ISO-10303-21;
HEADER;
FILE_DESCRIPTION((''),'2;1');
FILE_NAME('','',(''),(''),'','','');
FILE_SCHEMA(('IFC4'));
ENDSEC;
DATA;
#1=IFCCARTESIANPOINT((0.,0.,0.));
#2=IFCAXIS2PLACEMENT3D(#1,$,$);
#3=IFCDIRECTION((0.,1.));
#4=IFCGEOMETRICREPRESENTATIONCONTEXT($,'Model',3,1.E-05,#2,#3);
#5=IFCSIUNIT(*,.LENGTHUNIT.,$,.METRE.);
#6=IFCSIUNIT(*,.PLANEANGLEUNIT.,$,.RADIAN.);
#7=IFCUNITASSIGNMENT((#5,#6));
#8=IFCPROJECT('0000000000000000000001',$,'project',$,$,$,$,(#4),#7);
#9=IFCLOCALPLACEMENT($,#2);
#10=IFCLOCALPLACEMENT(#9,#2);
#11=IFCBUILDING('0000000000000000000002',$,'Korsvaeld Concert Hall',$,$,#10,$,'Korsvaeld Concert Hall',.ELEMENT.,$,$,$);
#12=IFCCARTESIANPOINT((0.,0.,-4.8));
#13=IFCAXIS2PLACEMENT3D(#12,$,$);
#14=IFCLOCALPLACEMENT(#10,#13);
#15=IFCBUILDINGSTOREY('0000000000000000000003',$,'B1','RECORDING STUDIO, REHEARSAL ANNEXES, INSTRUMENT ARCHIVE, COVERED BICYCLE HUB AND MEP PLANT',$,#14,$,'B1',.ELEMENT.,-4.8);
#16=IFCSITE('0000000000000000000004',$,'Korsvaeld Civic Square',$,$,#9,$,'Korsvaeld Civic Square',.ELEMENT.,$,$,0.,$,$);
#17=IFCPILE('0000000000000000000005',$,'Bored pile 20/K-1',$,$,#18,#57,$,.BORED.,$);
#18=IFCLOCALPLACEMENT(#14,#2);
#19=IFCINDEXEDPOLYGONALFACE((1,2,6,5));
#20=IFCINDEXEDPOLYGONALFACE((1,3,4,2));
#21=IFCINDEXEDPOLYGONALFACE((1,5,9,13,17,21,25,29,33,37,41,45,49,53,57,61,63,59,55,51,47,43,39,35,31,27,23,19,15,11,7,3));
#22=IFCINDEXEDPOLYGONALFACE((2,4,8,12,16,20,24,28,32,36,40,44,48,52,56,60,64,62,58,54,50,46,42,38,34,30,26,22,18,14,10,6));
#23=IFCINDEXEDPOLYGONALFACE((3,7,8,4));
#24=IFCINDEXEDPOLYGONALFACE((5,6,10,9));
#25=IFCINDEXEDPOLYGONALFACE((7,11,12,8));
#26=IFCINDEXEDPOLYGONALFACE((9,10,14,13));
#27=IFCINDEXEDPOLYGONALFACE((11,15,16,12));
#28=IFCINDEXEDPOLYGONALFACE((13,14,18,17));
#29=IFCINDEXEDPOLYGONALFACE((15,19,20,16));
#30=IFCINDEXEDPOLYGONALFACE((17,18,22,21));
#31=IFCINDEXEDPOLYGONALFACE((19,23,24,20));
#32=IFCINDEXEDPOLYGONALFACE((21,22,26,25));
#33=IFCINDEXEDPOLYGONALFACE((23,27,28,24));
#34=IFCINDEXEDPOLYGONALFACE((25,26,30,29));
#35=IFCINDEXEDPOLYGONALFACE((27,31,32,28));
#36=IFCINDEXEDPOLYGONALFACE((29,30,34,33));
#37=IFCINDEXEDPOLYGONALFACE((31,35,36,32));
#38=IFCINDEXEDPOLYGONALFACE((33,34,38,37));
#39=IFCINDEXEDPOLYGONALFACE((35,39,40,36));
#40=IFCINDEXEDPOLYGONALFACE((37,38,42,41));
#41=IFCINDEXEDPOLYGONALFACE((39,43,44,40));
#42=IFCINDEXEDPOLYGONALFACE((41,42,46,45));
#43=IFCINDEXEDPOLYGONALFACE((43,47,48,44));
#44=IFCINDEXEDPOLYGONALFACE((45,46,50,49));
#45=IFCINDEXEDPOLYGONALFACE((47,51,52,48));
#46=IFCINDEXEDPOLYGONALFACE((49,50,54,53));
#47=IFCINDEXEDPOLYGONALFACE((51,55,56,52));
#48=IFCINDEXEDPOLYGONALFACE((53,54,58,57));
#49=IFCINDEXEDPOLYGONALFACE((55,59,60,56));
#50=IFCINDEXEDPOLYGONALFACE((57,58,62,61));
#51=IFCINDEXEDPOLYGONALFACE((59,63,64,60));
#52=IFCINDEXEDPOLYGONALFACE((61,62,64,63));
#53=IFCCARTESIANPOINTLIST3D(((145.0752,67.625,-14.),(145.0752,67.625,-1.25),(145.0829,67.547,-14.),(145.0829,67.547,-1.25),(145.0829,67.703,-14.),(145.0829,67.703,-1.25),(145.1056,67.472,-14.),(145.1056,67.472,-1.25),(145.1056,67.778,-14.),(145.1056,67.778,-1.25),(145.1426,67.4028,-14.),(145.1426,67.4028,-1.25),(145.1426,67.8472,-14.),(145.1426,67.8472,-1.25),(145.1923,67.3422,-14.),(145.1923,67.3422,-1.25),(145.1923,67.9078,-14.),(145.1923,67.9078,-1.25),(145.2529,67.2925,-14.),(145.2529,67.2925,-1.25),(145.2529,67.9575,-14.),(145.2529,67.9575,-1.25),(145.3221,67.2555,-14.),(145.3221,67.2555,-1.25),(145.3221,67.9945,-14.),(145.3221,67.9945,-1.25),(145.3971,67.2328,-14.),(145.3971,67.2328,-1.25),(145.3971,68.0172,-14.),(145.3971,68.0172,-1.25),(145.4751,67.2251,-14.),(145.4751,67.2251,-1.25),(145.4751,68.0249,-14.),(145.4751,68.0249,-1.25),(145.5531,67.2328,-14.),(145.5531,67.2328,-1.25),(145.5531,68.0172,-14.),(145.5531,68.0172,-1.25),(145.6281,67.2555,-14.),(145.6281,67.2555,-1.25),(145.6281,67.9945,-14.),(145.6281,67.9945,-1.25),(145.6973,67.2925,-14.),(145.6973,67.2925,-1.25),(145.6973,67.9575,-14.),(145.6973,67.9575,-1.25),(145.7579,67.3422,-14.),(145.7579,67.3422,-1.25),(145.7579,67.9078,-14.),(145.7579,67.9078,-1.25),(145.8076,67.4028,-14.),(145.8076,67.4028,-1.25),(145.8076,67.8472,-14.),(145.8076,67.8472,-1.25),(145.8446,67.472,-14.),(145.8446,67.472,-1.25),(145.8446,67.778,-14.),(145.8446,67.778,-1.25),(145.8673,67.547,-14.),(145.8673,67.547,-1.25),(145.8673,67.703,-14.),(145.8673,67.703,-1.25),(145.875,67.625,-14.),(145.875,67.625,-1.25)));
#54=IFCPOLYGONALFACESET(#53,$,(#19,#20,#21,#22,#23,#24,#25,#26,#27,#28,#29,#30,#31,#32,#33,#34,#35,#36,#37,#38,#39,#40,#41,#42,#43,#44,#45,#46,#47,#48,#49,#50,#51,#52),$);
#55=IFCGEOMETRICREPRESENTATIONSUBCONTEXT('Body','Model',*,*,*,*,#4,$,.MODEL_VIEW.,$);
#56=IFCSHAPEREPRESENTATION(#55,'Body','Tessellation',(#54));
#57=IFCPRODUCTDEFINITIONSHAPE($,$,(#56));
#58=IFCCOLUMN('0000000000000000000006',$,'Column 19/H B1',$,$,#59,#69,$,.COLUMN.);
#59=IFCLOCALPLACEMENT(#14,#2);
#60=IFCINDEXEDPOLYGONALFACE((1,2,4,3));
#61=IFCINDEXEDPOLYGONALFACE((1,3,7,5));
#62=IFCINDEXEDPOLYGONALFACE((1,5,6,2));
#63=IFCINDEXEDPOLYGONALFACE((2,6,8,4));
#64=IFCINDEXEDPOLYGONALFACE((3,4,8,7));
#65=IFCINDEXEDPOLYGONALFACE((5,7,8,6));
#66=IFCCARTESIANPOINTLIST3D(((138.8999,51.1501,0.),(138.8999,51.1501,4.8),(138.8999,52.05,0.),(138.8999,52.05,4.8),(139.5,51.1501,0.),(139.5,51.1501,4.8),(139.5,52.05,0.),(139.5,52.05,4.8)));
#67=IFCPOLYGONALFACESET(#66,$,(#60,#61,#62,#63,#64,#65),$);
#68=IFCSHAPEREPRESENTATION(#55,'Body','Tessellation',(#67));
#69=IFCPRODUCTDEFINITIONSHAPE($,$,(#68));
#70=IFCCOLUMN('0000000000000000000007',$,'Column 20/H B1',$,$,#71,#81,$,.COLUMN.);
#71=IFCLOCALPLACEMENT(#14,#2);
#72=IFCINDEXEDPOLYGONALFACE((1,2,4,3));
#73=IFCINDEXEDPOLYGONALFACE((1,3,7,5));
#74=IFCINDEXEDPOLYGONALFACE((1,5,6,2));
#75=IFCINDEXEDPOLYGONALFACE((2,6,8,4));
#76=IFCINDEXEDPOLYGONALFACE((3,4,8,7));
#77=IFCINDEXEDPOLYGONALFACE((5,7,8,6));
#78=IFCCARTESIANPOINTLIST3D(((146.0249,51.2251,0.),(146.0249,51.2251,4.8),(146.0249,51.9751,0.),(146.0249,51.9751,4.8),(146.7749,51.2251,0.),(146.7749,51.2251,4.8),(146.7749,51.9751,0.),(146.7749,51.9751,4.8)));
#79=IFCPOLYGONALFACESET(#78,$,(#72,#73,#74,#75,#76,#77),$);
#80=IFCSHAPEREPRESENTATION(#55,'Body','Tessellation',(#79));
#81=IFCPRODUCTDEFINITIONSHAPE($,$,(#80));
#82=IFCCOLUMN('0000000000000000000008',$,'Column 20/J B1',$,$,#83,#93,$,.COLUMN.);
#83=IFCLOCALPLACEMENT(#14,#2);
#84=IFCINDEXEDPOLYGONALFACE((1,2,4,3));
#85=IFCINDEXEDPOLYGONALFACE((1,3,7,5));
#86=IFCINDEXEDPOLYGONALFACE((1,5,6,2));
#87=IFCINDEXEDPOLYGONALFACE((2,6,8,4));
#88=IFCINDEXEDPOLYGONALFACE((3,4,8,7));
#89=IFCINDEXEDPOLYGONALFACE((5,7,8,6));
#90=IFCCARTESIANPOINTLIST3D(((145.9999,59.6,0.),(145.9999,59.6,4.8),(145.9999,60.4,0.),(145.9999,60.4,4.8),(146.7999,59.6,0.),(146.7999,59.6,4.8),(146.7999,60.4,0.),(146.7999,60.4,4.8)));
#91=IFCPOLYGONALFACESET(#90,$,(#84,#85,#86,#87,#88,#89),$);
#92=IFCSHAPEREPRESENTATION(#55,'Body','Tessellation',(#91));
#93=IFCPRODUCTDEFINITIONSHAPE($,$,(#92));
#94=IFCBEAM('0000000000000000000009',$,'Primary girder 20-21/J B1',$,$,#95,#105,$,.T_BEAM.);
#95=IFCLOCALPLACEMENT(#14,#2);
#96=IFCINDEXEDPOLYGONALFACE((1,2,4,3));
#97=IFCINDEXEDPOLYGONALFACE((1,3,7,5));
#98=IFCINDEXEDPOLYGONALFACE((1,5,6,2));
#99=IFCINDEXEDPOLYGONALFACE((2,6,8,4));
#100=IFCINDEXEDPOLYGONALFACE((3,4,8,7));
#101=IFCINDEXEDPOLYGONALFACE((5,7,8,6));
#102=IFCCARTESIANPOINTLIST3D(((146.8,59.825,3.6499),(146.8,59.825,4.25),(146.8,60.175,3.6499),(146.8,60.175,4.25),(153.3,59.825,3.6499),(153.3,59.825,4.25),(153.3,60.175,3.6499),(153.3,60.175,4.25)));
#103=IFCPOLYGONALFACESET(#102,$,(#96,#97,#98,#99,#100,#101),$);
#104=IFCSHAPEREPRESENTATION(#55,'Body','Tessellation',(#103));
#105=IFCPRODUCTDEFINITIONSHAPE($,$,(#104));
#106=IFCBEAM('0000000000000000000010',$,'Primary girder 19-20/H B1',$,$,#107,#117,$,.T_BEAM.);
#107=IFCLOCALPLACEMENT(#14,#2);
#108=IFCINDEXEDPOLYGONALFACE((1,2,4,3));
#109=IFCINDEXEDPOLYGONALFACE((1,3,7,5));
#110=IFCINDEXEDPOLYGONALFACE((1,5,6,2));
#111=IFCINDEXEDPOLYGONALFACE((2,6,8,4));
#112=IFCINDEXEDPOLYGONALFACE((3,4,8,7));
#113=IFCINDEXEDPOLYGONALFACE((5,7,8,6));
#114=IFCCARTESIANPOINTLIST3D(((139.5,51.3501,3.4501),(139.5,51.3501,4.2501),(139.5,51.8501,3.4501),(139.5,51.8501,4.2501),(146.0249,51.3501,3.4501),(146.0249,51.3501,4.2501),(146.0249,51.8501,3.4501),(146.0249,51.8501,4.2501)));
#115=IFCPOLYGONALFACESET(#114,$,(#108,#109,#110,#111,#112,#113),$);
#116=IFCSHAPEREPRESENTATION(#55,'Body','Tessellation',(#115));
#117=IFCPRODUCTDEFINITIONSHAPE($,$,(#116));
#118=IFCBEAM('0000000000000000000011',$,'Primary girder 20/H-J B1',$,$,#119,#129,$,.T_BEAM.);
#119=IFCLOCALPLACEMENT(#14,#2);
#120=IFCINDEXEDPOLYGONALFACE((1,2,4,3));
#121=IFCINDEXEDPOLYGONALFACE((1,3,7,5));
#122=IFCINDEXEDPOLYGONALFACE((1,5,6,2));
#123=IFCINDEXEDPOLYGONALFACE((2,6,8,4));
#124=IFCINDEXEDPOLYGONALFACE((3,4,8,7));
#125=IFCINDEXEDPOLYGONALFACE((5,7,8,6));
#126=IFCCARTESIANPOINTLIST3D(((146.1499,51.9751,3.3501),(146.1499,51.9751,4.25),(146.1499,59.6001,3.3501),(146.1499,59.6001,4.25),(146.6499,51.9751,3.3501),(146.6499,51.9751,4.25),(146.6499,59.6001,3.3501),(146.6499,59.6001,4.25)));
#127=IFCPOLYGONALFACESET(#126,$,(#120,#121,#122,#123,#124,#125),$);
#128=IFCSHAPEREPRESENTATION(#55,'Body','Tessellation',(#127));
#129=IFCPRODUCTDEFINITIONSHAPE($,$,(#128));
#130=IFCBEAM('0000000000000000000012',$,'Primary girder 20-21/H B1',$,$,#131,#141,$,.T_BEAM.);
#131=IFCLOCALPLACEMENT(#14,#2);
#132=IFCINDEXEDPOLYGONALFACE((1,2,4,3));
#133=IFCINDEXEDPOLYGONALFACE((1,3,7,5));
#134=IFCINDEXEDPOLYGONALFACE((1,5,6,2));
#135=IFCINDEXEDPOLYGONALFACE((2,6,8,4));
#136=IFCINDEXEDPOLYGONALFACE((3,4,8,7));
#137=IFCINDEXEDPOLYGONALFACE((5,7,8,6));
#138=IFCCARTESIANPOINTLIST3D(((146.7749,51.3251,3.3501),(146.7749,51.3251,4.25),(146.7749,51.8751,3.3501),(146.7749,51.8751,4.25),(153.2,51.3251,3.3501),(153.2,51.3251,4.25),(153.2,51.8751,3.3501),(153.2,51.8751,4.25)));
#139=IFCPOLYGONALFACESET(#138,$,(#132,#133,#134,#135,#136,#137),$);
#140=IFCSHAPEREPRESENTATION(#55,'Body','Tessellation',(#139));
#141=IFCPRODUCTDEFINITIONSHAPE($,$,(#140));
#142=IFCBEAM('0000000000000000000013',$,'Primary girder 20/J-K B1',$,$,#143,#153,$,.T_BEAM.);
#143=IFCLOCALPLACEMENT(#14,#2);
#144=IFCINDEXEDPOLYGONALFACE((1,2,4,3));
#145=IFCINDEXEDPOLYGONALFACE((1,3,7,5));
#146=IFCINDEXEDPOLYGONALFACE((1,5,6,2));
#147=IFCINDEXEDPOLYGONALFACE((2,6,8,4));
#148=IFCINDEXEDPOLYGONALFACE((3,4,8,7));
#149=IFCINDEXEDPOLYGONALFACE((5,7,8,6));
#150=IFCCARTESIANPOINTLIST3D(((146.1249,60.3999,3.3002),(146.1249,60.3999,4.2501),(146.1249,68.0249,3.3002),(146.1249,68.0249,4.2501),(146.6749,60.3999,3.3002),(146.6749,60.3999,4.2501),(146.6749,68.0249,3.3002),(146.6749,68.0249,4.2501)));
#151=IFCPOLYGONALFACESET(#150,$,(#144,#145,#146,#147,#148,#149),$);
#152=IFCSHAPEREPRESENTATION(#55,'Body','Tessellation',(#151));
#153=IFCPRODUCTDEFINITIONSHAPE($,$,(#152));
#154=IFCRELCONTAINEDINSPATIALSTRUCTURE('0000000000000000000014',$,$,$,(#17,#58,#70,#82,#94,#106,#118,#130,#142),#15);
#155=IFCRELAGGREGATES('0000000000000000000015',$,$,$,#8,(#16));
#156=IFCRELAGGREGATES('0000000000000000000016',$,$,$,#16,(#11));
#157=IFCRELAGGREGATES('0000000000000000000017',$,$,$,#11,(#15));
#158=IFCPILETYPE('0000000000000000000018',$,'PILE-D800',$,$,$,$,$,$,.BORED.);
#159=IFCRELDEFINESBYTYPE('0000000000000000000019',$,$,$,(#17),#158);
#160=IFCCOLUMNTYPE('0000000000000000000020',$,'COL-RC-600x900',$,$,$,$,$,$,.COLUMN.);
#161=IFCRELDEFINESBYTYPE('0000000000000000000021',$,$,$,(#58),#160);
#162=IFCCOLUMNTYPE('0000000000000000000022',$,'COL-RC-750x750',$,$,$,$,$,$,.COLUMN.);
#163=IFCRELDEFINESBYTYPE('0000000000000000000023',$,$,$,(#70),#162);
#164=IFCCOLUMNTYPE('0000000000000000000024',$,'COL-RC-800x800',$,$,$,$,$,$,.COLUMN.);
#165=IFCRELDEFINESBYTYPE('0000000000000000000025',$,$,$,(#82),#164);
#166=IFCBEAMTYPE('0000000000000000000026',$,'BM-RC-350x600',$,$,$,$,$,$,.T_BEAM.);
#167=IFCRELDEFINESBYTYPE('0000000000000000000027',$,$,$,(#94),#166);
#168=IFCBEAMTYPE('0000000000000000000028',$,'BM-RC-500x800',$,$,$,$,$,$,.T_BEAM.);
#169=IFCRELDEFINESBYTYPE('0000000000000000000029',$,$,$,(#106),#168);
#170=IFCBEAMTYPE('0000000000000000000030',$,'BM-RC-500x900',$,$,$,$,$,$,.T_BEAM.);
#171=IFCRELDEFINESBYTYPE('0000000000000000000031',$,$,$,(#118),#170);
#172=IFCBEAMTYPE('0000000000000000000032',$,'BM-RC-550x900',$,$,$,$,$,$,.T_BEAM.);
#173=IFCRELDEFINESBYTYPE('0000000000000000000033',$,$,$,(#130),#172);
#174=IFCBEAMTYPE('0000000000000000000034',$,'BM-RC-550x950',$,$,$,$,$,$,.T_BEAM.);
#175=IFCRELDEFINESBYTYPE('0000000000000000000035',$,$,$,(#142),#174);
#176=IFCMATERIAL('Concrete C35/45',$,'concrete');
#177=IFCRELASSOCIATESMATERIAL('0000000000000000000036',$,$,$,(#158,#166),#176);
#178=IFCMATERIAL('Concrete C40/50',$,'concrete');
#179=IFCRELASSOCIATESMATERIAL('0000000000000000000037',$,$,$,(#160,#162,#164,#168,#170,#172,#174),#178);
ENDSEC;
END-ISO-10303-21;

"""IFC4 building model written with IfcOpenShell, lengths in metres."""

from ifc_helpers import new_model, si_unit, direction, frame, origin, origin_2d, place, context, subcontext, project, spatial, rectangle, circle, extrude, material, material_profile, profile_set, type_object, element, save


model = new_model("IFC4")

# Units and contexts
model_context = context("Model", 3, precision=1e-05, world=origin(), true_north=direction((0.0, 1.0)))
body_context = subcontext(model_context, "Body", "Model", "MODEL_VIEW")
ifc_project = project(units=[si_unit("LENGTHUNIT", "METRE"), si_unit("PLANEANGLEUNIT", "RADIAN")], contexts=[model_context])

# Site, building, storey
site_placement = place(None, origin())
site = spatial("IfcSite", under=ifc_project, at=site_placement, Name="Korsvaeld Civic Square", LongName="Korsvaeld Civic Square", CompositionType="ELEMENT", RefElevation=0.0)
building_placement = place(site_placement, origin())
building = spatial("IfcBuilding", under=site, at=building_placement, Name="Korsvaeld Concert Hall", LongName="Korsvaeld Concert Hall", CompositionType="ELEMENT")
storey_placement = place(building_placement, frame((0.0, 0.0, -4.8)))
storey = spatial("IfcBuildingStorey", under=building, at=storey_placement, Name="B1", Description="RECORDING STUDIO, REHEARSAL ANNEXES, INSTRUMENT ARCHIVE, COVERED BICYCLE HUB AND MEP PLANT", LongName="B1", CompositionType="ELEMENT", Elevation=-4.8)

# Shared definitions
ifc_material_1 = material(Name="Concrete C35/45", Category="concrete")

# Pile
ifc_material_profile_1 = material_profile(ifc_material_1, circle(Radius=0.3999, at=origin_2d()), Name="BORED PILE D800")
ifc_profile_set_1 = profile_set([ifc_material_profile_1], Name="Concrete C35/45")
pile_type_1 = type_object("IfcPileType", Name="PILE-D800", PredefinedType="BORED", material=ifc_profile_set_1)
pile_1_placement = place(storey_placement, frame((145.4751, 67.625, -1.25), z_axis=(0.0, 0.0, -1.0), x_axis=(1.0, 0.0, 0.0)))
element("IfcPile", 1, at=pile_1_placement, inside=storey, type_object=pile_type_1, Name="Bored pile 20/K-1", PredefinedType="BORED", context=body_context, shape_type="SweptSolid", body=[
    extrude(circle(Radius=0.3999, at=origin_2d()), origin(), (0.0, 0.0, 1.0), 12.75),
])

# Columns
ifc_material_2 = material(Name="Concrete C40/50", Category="concrete")
ifc_material_profile_2 = material_profile(ifc_material_2, rectangle(XDim=0.6001, YDim=0.8999, at=origin_2d()), Name="RC 600x900")
ifc_profile_set_2 = profile_set([ifc_material_profile_2], Name="Concrete C40/50")
column_type_1 = type_object("IfcColumnType", Name="COL-RC-600x900", PredefinedType="COLUMN", material=ifc_profile_set_2)
column_1_placement = place(storey_placement, frame((139.2, 51.6001, 0.0), z_axis=(0.0, 0.0, 1.0), x_axis=(1.0, 0.0, 0.0)))
element("IfcColumn", 2, at=column_1_placement, inside=storey, type_object=column_type_1, Name="Column 19/H B1", PredefinedType="COLUMN", context=body_context, shape_type="SweptSolid", body=[
    extrude(rectangle(XDim=0.6001, YDim=0.8999, at=origin_2d()), origin(), (0.0, 0.0, 1.0), 4.8),
])
ifc_material_profile_3 = material_profile(ifc_material_2, rectangle(XDim=0.75, YDim=0.75, at=origin_2d()), Name="RC 750x750")
ifc_profile_set_3 = profile_set([ifc_material_profile_3], Name="Concrete C40/50")
column_type_2 = type_object("IfcColumnType", Name="COL-RC-750x750", PredefinedType="COLUMN", material=ifc_profile_set_3)
column_2_placement = place(storey_placement, frame((146.3999, 51.6001, 0.0), z_axis=(0.0, 0.0, 1.0), x_axis=(1.0, 0.0, 0.0)))
element("IfcColumn", 3, at=column_2_placement, inside=storey, type_object=column_type_2, Name="Column 20/H B1", PredefinedType="COLUMN", context=body_context, shape_type="SweptSolid", body=[
    extrude(rectangle(XDim=0.75, YDim=0.75, at=origin_2d()), origin(), (0.0, 0.0, 1.0), 4.8),
])
ifc_material_profile_4 = material_profile(ifc_material_2, rectangle(XDim=0.8, YDim=0.8, at=origin_2d()), Name="RC 800x800")
ifc_profile_set_4 = profile_set([ifc_material_profile_4], Name="Concrete C40/50")
column_type_3 = type_object("IfcColumnType", Name="COL-RC-800x800", PredefinedType="COLUMN", material=ifc_profile_set_4)
column_3_placement = place(storey_placement, frame((146.3999, 60.0, 0.0), z_axis=(0.0, 0.0, 1.0), x_axis=(1.0, 0.0, 0.0)))
element("IfcColumn", 4, at=column_3_placement, inside=storey, type_object=column_type_3, Name="Column 20/J B1", PredefinedType="COLUMN", context=body_context, shape_type="SweptSolid", body=[
    extrude(rectangle(XDim=0.8, YDim=0.8, at=origin_2d()), origin(), (0.0, 0.0, 1.0), 4.8),
])

# Beams
ifc_material_profile_5 = material_profile(ifc_material_1, rectangle(XDim=0.3501, YDim=0.6001, at=origin_2d()), Name="RC 350x600")
ifc_profile_set_5 = profile_set([ifc_material_profile_5], Name="Concrete C35/45")
beam_type_1 = type_object("IfcBeamType", Name="BM-RC-350x600", PredefinedType="T_BEAM", material=ifc_profile_set_5)
beam_1_placement = place(storey_placement, frame((146.8, 60.0, 3.95), z_axis=(1.0, 0.0, 0.0), x_axis=(0.0, 1.0, 0.0)))
element("IfcBeam", 5, at=beam_1_placement, inside=storey, type_object=beam_type_1, Name="Primary girder 20-21/J B1", PredefinedType="T_BEAM", context=body_context, shape_type="SweptSolid", body=[
    extrude(rectangle(XDim=0.3501, YDim=0.6001, at=origin_2d()), origin(), (0.0, 0.0, 1.0), 6.5),
])
ifc_material_profile_6 = material_profile(ifc_material_2, rectangle(XDim=0.5, YDim=0.8, at=origin_2d()), Name="RC 500x800")
ifc_profile_set_6 = profile_set([ifc_material_profile_6], Name="Concrete C40/50")
beam_type_2 = type_object("IfcBeamType", Name="BM-RC-500x800", PredefinedType="T_BEAM", material=ifc_profile_set_6)
beam_2_placement = place(storey_placement, frame((139.5, 51.6001, 3.8501), z_axis=(1.0, 0.0, 0.0), x_axis=(0.0, 1.0, 0.0)))
element("IfcBeam", 6, at=beam_2_placement, inside=storey, type_object=beam_type_2, Name="Primary girder 19-20/H B1", PredefinedType="T_BEAM", context=body_context, shape_type="SweptSolid", body=[
    extrude(rectangle(XDim=0.5, YDim=0.8, at=origin_2d()), origin(), (0.0, 0.0, 1.0), 6.5249),
])
ifc_material_profile_7 = material_profile(ifc_material_2, rectangle(XDim=0.5, YDim=0.8999, at=origin_2d()), Name="RC 500x900")
ifc_profile_set_7 = profile_set([ifc_material_profile_7], Name="Concrete C40/50")
beam_type_3 = type_object("IfcBeamType", Name="BM-RC-500x900", PredefinedType="T_BEAM", material=ifc_profile_set_7)
beam_3_placement = place(storey_placement, frame((146.3999, 51.9751, 3.8), z_axis=(0.0, 1.0, 0.0), x_axis=(-1.0, 0.0, 0.0)))
element("IfcBeam", 7, at=beam_3_placement, inside=storey, type_object=beam_type_3, Name="Primary girder 20/H-J B1", PredefinedType="T_BEAM", context=body_context, shape_type="SweptSolid", body=[
    extrude(rectangle(XDim=0.5, YDim=0.8999, at=origin_2d()), origin(), (0.0, 0.0, 1.0), 7.625),
])
ifc_material_profile_8 = material_profile(ifc_material_2, rectangle(XDim=0.55, YDim=0.8999, at=origin_2d()), Name="RC 550x900")
ifc_profile_set_8 = profile_set([ifc_material_profile_8], Name="Concrete C40/50")
beam_type_4 = type_object("IfcBeamType", Name="BM-RC-550x900", PredefinedType="T_BEAM", material=ifc_profile_set_8)
beam_4_placement = place(storey_placement, frame((146.7749, 51.6001, 3.8), z_axis=(1.0, 0.0, 0.0), x_axis=(0.0, 1.0, 0.0)))
element("IfcBeam", 8, at=beam_4_placement, inside=storey, type_object=beam_type_4, Name="Primary girder 20-21/H B1", PredefinedType="T_BEAM", context=body_context, shape_type="SweptSolid", body=[
    extrude(rectangle(XDim=0.55, YDim=0.8999, at=origin_2d()), origin(), (0.0, 0.0, 1.0), 6.425),
])
ifc_material_profile_9 = material_profile(ifc_material_2, rectangle(XDim=0.55, YDim=0.95, at=origin_2d()), Name="RC 550x950")
ifc_profile_set_9 = profile_set([ifc_material_profile_9], Name="Concrete C40/50")
beam_type_5 = type_object("IfcBeamType", Name="BM-RC-550x950", PredefinedType="T_BEAM", material=ifc_profile_set_9)
beam_5_placement = place(storey_placement, frame((146.3999, 60.3999, 3.7751), z_axis=(0.0, 1.0, 0.0), x_axis=(-1.0, 0.0, 0.0)))
element("IfcBeam", 9, at=beam_5_placement, inside=storey, type_object=beam_type_5, Name="Primary girder 20/J-K B1", PredefinedType="T_BEAM", context=body_context, shape_type="SweptSolid", body=[
    extrude(rectangle(XDim=0.55, YDim=0.95, at=origin_2d()), origin(), (0.0, 0.0, 1.0), 7.625),
])

save(model, "model.ifc")
